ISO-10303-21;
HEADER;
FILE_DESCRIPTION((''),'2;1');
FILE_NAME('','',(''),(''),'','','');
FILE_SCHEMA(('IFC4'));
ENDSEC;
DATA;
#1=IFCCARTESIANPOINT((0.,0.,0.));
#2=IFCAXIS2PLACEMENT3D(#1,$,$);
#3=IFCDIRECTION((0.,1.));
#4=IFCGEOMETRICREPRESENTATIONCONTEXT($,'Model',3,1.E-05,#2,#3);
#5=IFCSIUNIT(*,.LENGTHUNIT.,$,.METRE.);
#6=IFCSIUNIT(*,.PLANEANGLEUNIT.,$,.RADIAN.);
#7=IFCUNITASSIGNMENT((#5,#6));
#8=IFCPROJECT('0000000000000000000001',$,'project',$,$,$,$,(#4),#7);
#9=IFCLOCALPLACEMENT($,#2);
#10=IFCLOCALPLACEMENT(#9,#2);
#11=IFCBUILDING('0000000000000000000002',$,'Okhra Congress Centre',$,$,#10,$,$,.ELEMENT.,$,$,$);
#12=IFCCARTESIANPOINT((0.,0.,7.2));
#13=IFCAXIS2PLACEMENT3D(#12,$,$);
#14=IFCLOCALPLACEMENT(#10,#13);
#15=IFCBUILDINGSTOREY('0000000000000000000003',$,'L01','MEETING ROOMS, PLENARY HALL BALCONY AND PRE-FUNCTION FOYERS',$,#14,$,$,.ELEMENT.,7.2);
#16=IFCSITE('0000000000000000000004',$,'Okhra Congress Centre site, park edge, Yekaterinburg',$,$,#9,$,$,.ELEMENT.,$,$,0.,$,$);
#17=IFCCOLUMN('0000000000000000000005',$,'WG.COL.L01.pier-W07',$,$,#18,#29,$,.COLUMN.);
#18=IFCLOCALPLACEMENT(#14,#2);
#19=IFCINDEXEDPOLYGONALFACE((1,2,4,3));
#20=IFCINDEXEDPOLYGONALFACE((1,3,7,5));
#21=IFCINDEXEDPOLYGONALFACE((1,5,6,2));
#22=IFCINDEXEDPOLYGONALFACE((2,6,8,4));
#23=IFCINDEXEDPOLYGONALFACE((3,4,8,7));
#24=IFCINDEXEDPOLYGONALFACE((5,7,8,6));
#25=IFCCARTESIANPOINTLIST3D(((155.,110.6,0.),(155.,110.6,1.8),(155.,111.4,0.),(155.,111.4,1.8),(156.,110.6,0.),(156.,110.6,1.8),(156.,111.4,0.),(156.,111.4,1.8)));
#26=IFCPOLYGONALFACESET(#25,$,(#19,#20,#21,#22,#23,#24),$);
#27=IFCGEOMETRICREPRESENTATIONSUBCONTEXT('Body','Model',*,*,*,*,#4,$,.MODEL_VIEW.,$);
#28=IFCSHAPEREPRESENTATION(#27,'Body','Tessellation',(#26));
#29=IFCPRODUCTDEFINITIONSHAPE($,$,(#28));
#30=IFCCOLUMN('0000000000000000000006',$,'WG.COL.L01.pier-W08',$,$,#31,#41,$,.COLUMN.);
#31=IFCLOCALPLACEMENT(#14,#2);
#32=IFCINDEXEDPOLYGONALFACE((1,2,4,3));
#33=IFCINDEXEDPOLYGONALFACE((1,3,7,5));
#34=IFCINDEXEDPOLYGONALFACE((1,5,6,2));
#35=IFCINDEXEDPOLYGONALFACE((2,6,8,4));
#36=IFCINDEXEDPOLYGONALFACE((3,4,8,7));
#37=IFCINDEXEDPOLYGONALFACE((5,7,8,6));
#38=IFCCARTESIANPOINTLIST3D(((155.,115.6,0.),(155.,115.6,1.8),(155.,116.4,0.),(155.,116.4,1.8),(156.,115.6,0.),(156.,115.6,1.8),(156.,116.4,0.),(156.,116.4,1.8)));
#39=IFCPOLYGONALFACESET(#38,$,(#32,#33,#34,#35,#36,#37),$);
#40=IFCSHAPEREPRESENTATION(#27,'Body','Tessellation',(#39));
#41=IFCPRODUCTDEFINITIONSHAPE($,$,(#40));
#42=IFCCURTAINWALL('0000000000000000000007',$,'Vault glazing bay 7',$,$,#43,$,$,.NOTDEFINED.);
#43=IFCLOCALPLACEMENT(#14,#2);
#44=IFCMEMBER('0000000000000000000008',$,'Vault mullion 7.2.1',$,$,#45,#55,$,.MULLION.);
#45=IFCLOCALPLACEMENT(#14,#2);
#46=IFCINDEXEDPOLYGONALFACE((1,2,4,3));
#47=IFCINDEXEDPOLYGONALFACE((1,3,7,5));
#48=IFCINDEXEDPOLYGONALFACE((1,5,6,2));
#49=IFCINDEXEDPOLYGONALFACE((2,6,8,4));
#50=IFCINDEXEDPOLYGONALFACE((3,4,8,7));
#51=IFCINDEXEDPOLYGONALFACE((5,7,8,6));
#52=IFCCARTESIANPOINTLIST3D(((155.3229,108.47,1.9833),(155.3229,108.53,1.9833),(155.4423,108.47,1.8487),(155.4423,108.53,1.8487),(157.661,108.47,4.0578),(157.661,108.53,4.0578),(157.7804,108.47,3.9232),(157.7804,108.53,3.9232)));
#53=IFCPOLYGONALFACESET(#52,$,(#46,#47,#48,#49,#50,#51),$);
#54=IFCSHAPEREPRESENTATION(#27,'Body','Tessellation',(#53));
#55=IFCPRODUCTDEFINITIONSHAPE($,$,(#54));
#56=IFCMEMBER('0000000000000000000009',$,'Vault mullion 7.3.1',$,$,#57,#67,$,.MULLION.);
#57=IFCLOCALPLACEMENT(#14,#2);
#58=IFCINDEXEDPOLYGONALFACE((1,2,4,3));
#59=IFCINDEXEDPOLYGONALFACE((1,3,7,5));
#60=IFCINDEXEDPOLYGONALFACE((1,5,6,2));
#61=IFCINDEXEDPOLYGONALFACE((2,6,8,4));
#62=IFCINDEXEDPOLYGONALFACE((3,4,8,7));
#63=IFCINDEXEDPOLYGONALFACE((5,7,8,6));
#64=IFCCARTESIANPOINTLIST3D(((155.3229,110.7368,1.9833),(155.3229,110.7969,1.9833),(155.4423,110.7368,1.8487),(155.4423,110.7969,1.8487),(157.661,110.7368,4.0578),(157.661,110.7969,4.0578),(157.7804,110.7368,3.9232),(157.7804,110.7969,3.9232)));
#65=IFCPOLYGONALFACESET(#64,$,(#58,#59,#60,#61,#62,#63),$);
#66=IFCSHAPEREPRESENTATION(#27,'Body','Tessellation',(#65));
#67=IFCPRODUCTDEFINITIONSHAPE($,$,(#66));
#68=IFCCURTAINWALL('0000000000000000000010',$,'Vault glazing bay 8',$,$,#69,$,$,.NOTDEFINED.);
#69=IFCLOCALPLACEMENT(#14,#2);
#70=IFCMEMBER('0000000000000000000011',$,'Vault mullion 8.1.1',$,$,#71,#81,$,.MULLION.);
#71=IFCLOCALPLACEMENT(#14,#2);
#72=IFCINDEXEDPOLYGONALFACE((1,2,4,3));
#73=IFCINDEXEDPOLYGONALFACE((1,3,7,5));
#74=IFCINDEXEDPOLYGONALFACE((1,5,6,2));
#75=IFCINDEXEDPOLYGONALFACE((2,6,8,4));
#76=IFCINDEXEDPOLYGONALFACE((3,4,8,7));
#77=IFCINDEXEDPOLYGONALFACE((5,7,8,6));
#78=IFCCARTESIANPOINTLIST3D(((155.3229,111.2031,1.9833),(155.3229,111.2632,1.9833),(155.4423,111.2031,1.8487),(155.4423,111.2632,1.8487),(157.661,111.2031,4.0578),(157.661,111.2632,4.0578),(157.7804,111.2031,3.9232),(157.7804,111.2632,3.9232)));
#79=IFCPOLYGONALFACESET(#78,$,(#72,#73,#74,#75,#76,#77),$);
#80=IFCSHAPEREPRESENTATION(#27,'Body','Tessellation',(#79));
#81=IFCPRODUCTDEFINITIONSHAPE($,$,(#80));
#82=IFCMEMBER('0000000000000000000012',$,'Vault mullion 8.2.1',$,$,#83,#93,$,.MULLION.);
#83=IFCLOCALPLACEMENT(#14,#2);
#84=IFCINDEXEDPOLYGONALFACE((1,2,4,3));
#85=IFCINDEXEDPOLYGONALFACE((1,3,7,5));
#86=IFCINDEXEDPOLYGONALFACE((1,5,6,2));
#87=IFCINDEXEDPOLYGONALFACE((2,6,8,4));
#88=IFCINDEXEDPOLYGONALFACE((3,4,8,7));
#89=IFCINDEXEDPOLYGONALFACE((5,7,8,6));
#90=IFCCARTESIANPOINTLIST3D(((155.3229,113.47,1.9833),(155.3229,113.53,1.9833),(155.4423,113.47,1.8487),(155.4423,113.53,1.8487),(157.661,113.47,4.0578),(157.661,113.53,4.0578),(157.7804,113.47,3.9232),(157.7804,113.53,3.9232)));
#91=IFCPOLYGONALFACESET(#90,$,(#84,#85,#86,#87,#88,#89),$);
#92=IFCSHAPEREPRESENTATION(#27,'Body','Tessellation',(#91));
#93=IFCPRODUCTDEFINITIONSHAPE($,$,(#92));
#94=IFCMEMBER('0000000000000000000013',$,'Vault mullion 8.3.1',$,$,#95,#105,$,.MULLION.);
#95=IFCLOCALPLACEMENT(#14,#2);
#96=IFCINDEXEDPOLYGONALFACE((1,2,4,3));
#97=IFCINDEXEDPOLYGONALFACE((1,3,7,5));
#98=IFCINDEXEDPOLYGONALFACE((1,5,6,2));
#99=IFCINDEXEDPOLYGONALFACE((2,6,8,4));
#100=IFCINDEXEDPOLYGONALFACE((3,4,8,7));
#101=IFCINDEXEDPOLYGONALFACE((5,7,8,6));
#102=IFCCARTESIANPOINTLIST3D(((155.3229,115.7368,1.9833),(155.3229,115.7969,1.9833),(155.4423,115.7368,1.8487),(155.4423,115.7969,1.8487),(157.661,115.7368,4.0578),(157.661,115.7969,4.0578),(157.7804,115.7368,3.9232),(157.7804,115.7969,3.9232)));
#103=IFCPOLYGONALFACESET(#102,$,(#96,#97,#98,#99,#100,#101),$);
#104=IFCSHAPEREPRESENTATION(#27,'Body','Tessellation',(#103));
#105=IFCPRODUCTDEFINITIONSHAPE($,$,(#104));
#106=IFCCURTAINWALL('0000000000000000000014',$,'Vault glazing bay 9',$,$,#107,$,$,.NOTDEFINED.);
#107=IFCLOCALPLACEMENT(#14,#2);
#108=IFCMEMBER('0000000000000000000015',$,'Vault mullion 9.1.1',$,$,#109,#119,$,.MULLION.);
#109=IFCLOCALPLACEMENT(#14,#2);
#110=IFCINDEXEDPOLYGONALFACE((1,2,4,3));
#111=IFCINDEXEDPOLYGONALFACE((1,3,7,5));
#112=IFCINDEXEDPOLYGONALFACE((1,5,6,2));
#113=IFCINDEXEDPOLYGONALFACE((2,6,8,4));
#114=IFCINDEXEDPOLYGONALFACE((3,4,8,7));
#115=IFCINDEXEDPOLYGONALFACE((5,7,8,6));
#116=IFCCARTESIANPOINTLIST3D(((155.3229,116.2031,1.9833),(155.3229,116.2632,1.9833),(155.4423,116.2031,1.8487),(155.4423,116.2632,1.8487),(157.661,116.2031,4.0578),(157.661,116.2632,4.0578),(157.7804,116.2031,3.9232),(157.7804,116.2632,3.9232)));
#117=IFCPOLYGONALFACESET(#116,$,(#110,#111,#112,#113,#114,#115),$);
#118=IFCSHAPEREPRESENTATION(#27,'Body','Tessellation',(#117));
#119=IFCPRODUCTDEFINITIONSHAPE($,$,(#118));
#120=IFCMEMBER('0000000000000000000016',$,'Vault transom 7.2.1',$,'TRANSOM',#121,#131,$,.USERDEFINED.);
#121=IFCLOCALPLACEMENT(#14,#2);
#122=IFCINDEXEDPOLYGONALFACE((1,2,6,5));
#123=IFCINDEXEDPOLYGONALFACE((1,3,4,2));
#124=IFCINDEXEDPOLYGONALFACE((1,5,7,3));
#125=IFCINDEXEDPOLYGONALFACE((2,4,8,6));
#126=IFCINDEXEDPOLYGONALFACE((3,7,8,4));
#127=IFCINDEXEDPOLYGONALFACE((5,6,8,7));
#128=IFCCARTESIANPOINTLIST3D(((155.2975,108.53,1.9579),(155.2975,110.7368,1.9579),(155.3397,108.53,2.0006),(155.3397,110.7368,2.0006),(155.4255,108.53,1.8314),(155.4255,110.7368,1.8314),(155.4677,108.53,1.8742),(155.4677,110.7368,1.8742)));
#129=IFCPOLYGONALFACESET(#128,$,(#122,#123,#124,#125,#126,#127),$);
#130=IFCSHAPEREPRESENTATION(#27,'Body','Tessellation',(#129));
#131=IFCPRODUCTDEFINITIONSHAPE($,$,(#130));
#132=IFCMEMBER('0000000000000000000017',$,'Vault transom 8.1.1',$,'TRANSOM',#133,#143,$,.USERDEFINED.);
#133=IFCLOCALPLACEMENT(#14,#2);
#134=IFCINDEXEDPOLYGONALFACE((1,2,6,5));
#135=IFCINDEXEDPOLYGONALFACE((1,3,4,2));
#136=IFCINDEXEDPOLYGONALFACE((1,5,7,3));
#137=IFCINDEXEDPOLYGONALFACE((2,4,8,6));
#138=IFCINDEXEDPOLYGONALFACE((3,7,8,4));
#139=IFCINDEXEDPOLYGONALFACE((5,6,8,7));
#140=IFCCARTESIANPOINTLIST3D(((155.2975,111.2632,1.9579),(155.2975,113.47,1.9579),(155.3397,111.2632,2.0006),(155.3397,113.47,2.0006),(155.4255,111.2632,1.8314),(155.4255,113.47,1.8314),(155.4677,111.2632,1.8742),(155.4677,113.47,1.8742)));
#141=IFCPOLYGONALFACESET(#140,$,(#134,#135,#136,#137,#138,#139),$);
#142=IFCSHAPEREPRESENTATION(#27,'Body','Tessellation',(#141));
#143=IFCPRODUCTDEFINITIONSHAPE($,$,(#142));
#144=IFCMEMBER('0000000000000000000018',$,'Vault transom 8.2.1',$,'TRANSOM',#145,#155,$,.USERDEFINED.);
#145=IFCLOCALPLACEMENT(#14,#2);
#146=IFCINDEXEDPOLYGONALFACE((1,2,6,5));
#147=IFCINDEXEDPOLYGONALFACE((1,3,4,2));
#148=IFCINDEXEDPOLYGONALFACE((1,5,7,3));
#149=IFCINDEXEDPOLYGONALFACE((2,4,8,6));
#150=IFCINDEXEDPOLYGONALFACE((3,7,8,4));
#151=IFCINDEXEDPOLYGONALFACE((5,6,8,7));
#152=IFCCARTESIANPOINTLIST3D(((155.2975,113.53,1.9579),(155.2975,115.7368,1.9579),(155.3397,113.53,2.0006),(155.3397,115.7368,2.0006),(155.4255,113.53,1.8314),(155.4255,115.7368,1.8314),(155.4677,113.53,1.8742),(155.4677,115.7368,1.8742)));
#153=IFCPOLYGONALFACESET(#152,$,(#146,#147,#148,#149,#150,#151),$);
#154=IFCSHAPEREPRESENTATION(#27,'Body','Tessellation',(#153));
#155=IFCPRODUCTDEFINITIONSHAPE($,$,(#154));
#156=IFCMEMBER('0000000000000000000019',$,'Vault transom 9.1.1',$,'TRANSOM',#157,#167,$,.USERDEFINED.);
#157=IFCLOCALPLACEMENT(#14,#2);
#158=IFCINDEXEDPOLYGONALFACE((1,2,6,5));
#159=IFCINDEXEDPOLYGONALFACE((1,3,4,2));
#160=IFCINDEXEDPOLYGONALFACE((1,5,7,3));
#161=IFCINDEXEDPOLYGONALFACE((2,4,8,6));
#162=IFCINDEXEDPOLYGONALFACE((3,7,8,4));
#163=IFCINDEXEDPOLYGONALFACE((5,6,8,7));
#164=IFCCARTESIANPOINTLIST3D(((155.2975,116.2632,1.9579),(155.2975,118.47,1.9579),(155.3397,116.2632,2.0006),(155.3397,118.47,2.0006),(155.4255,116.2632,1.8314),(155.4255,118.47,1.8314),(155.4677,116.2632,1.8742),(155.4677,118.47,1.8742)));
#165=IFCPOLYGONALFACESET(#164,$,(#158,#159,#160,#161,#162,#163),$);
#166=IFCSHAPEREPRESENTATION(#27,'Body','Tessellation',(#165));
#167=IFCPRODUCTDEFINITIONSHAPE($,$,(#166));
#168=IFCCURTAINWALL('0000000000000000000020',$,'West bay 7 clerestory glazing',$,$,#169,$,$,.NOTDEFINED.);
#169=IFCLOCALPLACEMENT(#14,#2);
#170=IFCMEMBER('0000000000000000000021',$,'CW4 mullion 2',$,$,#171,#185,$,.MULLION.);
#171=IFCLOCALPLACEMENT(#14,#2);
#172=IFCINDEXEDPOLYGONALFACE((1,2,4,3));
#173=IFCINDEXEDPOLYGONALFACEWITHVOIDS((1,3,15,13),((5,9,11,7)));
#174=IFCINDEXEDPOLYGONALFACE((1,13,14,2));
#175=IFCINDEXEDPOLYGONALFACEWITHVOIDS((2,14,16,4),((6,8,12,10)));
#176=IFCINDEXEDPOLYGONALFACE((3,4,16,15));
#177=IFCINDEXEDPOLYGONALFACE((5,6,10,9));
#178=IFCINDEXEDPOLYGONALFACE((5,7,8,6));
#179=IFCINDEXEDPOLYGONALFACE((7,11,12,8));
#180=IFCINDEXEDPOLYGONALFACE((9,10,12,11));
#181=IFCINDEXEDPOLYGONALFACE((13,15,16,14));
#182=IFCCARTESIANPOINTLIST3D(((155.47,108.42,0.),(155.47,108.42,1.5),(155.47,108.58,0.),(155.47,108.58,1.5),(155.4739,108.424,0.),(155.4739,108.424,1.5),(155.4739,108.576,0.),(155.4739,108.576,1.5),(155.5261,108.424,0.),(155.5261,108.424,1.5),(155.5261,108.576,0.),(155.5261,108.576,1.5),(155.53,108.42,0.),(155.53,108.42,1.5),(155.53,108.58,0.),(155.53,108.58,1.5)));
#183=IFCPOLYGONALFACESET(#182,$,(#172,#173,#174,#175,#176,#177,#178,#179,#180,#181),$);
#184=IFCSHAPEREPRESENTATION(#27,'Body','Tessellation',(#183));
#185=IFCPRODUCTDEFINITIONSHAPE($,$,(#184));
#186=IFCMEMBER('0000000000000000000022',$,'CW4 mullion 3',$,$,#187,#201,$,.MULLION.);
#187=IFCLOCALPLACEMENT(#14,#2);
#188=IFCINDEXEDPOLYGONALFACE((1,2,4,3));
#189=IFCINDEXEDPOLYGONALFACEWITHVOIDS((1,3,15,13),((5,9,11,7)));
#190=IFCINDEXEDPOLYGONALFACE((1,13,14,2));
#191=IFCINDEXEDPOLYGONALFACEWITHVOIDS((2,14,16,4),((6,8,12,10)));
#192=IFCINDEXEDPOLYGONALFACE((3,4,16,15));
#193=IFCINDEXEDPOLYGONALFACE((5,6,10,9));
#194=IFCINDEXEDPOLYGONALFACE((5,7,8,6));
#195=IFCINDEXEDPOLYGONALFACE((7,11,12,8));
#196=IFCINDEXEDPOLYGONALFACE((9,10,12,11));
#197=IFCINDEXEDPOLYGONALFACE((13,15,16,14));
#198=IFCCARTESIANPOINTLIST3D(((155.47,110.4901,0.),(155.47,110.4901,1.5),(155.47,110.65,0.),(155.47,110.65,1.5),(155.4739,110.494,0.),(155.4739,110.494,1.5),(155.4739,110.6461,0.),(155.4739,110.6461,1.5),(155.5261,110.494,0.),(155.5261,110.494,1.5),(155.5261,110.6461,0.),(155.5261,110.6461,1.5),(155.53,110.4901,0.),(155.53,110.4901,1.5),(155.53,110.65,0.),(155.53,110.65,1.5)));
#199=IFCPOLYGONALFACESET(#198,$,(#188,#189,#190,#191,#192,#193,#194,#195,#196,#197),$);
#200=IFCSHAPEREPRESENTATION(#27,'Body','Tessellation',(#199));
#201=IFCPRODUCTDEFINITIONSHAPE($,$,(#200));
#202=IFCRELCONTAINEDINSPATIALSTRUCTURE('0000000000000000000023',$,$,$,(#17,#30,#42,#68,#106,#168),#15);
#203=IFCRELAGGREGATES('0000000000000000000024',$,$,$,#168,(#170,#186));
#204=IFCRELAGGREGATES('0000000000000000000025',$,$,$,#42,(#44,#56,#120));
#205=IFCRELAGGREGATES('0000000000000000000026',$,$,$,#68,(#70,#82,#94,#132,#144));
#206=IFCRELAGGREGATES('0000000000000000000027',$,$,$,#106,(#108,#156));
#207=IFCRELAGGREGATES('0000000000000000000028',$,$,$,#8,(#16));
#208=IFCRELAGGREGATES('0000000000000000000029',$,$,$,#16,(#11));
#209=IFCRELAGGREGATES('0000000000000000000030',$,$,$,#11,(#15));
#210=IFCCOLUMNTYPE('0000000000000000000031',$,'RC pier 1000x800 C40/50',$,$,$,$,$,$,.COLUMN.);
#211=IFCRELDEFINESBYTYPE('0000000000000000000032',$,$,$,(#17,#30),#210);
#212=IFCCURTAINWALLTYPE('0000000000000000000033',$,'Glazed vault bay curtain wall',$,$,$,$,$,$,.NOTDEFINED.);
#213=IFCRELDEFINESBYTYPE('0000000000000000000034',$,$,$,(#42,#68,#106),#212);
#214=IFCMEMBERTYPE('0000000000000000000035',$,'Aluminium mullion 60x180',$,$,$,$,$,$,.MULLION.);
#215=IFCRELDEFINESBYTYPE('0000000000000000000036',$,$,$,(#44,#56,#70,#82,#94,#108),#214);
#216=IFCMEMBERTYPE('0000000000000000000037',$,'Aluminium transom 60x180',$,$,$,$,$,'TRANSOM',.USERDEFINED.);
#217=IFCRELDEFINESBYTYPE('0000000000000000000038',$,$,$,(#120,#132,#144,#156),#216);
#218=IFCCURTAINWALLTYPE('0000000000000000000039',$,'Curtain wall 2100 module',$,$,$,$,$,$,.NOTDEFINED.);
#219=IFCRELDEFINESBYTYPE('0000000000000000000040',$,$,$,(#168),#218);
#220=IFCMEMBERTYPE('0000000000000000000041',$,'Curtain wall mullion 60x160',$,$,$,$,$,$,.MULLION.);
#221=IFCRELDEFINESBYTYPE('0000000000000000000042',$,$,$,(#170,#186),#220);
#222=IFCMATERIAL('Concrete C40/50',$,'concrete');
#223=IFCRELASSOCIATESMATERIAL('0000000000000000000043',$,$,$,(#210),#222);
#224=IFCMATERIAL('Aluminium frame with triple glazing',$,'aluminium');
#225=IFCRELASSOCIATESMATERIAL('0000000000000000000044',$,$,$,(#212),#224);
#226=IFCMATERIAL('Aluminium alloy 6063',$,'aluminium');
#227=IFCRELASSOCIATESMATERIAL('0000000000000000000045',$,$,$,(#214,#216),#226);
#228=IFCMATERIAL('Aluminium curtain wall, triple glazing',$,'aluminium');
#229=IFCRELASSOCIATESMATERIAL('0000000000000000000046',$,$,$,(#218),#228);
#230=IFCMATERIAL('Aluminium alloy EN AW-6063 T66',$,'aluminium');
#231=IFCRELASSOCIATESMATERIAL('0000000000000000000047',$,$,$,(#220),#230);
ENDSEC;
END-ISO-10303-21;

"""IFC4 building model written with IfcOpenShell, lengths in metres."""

from ifc_helpers import new_model, si_unit, direction, frame, origin, origin_2d, place, context, subcontext, project, spatial, rectangle, hollow_rectangle, extrude, material, material_profile, profile_set, type_object, element, aggregate, save


model = new_model("IFC4")

# Units and contexts
model_context = context("Model", 3, precision=1e-05, world=origin(), true_north=direction((0.0, 1.0)))
body_context = subcontext(model_context, "Body", "Model", "MODEL_VIEW")
ifc_project = project(units=[si_unit("LENGTHUNIT", "METRE"), si_unit("PLANEANGLEUNIT", "RADIAN")], contexts=[model_context])

# Site, building, storey
site_placement = place(None, origin())
site = spatial("IfcSite", under=ifc_project, at=site_placement, Name="Okhra Congress Centre site, park edge, Yekaterinburg", CompositionType="ELEMENT", RefElevation=0.0)
building_placement = place(site_placement, origin())
building = spatial("IfcBuilding", under=site, at=building_placement, Name="Okhra Congress Centre", CompositionType="ELEMENT")
storey_placement = place(building_placement, frame((0.0, 0.0, 7.2)))
storey = spatial("IfcBuildingStorey", under=building, at=storey_placement, Name="L01", Description="MEETING ROOMS, PLENARY HALL BALCONY AND PRE-FUNCTION FOYERS", CompositionType="ELEMENT", Elevation=7.2)

# Columns
ifc_material_1 = material(Name="Concrete C40/50", Category="concrete")
ifc_material_profile_1 = material_profile(ifc_material_1, rectangle(XDim=1.0, YDim=0.8, at=origin_2d()), Name="RC 1000x800")
ifc_profile_set_1 = profile_set([ifc_material_profile_1], Name="Concrete C40/50")
column_type = type_object("IfcColumnType", Name="RC pier 1000x800 C40/50", PredefinedType="COLUMN", material=ifc_profile_set_1)
for number, where, z_axis, x_axis, name in (
    (1, (155.5, 111.0, 0.0), (0.0, 0.0, 1.0), (1.0, 0.0, 0.0), "WG.COL.L01.pier-W07"),
    (2, (155.5, 116.0, 0.0), (0.0, 0.0, 1.0), (1.0, 0.0, 0.0), "WG.COL.L01.pier-W08"),
):
    element("IfcColumn", number, at=place(storey_placement, frame(where, z_axis=z_axis, x_axis=x_axis)), inside=storey, type_object=column_type, Name=name, PredefinedType="COLUMN", context=body_context, shape_type="SweptSolid", body=[
        extrude(rectangle(XDim=1.0, YDim=0.8, at=origin_2d()), origin(), (0.0, 0.0, 1.0), 1.8),
    ])

# Curtain walls, members
ifc_material_2 = material(Name="Aluminium frame with triple glazing", Category="aluminium")
curtain_wall_type_1 = type_object("IfcCurtainWallType", Name="Glazed vault bay curtain wall", PredefinedType="NOTDEFINED", material=ifc_material_2)
curtain_wall_1_placement = place(storey_placement, origin())
curtain_wall_1 = element("IfcCurtainWall", 3, at=curtain_wall_1_placement, inside=storey, type_object=curtain_wall_type_1, Name="Vault glazing bay 7", PredefinedType="NOTDEFINED")
ifc_material_3 = material(Name="Aluminium alloy 6063", Category="aluminium")
ifc_material_profile_2 = material_profile(ifc_material_3, rectangle(XDim=0.0601, YDim=0.1799, at=origin_2d()), Name="AL 60x180")
ifc_profile_set_2 = profile_set([ifc_material_profile_2], Name="Aluminium alloy 6063")
member_type_1 = type_object("IfcMemberType", Name="Aluminium mullion 60x180", PredefinedType="MULLION", material=ifc_profile_set_2)
member_1_placement = place(storey_placement, frame((155.3826, 108.5, 1.916), z_axis=(0.748025, 0.0, 0.66367), x_axis=(0.0, 1.0, 0.0)))
member_1 = element("IfcMember", 4, at=member_1_placement, type_object=member_type_1, Name="Vault mullion 7.2.1", PredefinedType="MULLION", context=body_context, shape_type="SweptSolid", body=[
    extrude(rectangle(XDim=0.0601, YDim=0.1799, at=origin_2d()), origin(), (0.0, 0.0, 1.0), 3.1257),
])
member_2_placement = place(storey_placement, frame((155.3826, 110.7668, 1.916), z_axis=(0.748025, 0.0, 0.66367), x_axis=(0.0, 1.0, 0.0)))
member_2 = element("IfcMember", 5, at=member_2_placement, type_object=member_type_1, Name="Vault mullion 7.3.1", PredefinedType="MULLION", context=body_context, shape_type="SweptSolid", body=[
    extrude(rectangle(XDim=0.0601, YDim=0.1799, at=origin_2d()), origin(), (0.0, 0.0, 1.0), 3.1257),
])
curtain_wall_2_placement = place(storey_placement, origin())
curtain_wall_2 = element("IfcCurtainWall", 6, at=curtain_wall_2_placement, inside=storey, type_object=curtain_wall_type_1, Name="Vault glazing bay 8", PredefinedType="NOTDEFINED")
member_3_placement = place(storey_placement, frame((155.3826, 111.2332, 1.916), z_axis=(0.748025, 0.0, 0.66367), x_axis=(0.0, 1.0, 0.0)))
member_3 = element("IfcMember", 7, at=member_3_placement, type_object=member_type_1, Name="Vault mullion 8.1.1", PredefinedType="MULLION", context=body_context, shape_type="SweptSolid", body=[
    extrude(rectangle(XDim=0.0601, YDim=0.1799, at=origin_2d()), origin(), (0.0, 0.0, 1.0), 3.1257),
])
member_4_placement = place(storey_placement, frame((155.3826, 113.5, 1.916), z_axis=(0.748025, 0.0, 0.66367), x_axis=(0.0, 1.0, 0.0)))
member_4 = element("IfcMember", 8, at=member_4_placement, type_object=member_type_1, Name="Vault mullion 8.2.1", PredefinedType="MULLION", context=body_context, shape_type="SweptSolid", body=[
    extrude(rectangle(XDim=0.0601, YDim=0.1799, at=origin_2d()), origin(), (0.0, 0.0, 1.0), 3.1257),
])
member_5_placement = place(storey_placement, frame((155.3826, 115.7668, 1.916), z_axis=(0.748025, 0.0, 0.66367), x_axis=(0.0, 1.0, 0.0)))
member_5 = element("IfcMember", 9, at=member_5_placement, type_object=member_type_1, Name="Vault mullion 8.3.1", PredefinedType="MULLION", context=body_context, shape_type="SweptSolid", body=[
    extrude(rectangle(XDim=0.0601, YDim=0.1799, at=origin_2d()), origin(), (0.0, 0.0, 1.0), 3.1257),
])

# Curtain wall, member
curtain_wall_3_placement = place(storey_placement, origin())
curtain_wall_3 = element("IfcCurtainWall", 10, at=curtain_wall_3_placement, inside=storey, type_object=curtain_wall_type_1, Name="Vault glazing bay 9", PredefinedType="NOTDEFINED")
member_6_placement = place(storey_placement, frame((155.3826, 116.2332, 1.916), z_axis=(0.748025, 0.0, 0.66367), x_axis=(0.0, 1.0, 0.0)))
member_6 = element("IfcMember", 11, at=member_6_placement, type_object=member_type_1, Name="Vault mullion 9.1.1", PredefinedType="MULLION", context=body_context, shape_type="SweptSolid", body=[
    extrude(rectangle(XDim=0.0601, YDim=0.1799, at=origin_2d()), origin(), (0.0, 0.0, 1.0), 3.1257),
])

# Members
ifc_material_profile_3 = material_profile(ifc_material_3, rectangle(XDim=0.0601, YDim=0.1799, at=origin_2d()), Name="AL 60x180 transom")
ifc_profile_set_3 = profile_set([ifc_material_profile_3], Name="Aluminium alloy 6063")
member_type_2 = type_object("IfcMemberType", Name="Aluminium transom 60x180", ElementType="TRANSOM", PredefinedType="USERDEFINED", material=ifc_profile_set_3)
member_7_placement = place(storey_placement, frame((155.3826, 108.53, 1.916), z_axis=(0.0, 1.0, 0.0), x_axis=(-0.702636, 0.0, -0.711549)))
member_7 = element("IfcMember", 12, at=member_7_placement, type_object=member_type_2, Name="Vault transom 7.2.1", ObjectType="TRANSOM", PredefinedType="USERDEFINED", context=body_context, shape_type="SweptSolid", body=[
    extrude(rectangle(XDim=0.0601, YDim=0.1799, at=origin_2d()), origin(), (0.0, 0.0, 1.0), 2.2068),
])
member_8_placement = place(storey_placement, frame((155.3826, 111.2632, 1.916), z_axis=(0.0, 1.0, 0.0), x_axis=(-0.702636, 0.0, -0.711549)))
member_8 = element("IfcMember", 13, at=member_8_placement, type_object=member_type_2, Name="Vault transom 8.1.1", ObjectType="TRANSOM", PredefinedType="USERDEFINED", context=body_context, shape_type="SweptSolid", body=[
    extrude(rectangle(XDim=0.0601, YDim=0.1799, at=origin_2d()), origin(), (0.0, 0.0, 1.0), 2.2068),
])
member_9_placement = place(storey_placement, frame((155.3826, 113.53, 1.916), z_axis=(0.0, 1.0, 0.0), x_axis=(-0.702636, 0.0, -0.711549)))
member_9 = element("IfcMember", 14, at=member_9_placement, type_object=member_type_2, Name="Vault transom 8.2.1", ObjectType="TRANSOM", PredefinedType="USERDEFINED", context=body_context, shape_type="SweptSolid", body=[
    extrude(rectangle(XDim=0.0601, YDim=0.1799, at=origin_2d()), origin(), (0.0, 0.0, 1.0), 2.2068),
])
member_10_placement = place(storey_placement, frame((155.3826, 116.2632, 1.916), z_axis=(0.0, 1.0, 0.0), x_axis=(-0.702636, 0.0, -0.711549)))
member_10 = element("IfcMember", 15, at=member_10_placement, type_object=member_type_2, Name="Vault transom 9.1.1", ObjectType="TRANSOM", PredefinedType="USERDEFINED", context=body_context, shape_type="SweptSolid", body=[
    extrude(rectangle(XDim=0.0601, YDim=0.1799, at=origin_2d()), origin(), (0.0, 0.0, 1.0), 2.2068),
])

# Curtain wall, members
ifc_material_4 = material(Name="Aluminium curtain wall, triple glazing", Category="aluminium")
curtain_wall_type_2 = type_object("IfcCurtainWallType", Name="Curtain wall 2100 module", PredefinedType="NOTDEFINED", material=ifc_material_4)
curtain_wall_4_placement = place(storey_placement, origin())
curtain_wall_4 = element("IfcCurtainWall", 16, at=curtain_wall_4_placement, inside=storey, type_object=curtain_wall_type_2, Name="West bay 7 clerestory glazing", PredefinedType="NOTDEFINED")
ifc_material_5 = material(Name="Aluminium alloy EN AW-6063 T66", Category="aluminium")
ifc_material_profile_4 = material_profile(ifc_material_5, hollow_rectangle(XDim=0.0601, YDim=0.1599, WallThickness=0.0039, at=origin_2d()), Name="RHS 60x160x4")
ifc_profile_set_4 = profile_set([ifc_material_profile_4], Name="Aluminium alloy EN AW-6063 T66")
member_type_3 = type_object("IfcMemberType", Name="Curtain wall mullion 60x160", PredefinedType="MULLION", material=ifc_profile_set_4)
member_11_placement = place(storey_placement, frame((155.5, 108.5, 0.0), z_axis=(0.0, 0.0, 1.0), x_axis=(-1.0, 0.0, 0.0)))
member_11 = element("IfcMember", 17, at=member_11_placement, type_object=member_type_3, Name="CW4 mullion 2", PredefinedType="MULLION", context=body_context, shape_type="SweptSolid", body=[
    extrude(hollow_rectangle(XDim=0.0601, YDim=0.1599, WallThickness=0.0039, at=origin_2d()), origin(), (0.0, 0.0, 1.0), 1.5),
])
member_12_placement = place(storey_placement, frame((155.5, 110.5701, 0.0), z_axis=(0.0, 0.0, 1.0), x_axis=(-1.0, 0.0, 0.0)))
member_12 = element("IfcMember", 18, at=member_12_placement, type_object=member_type_3, Name="CW4 mullion 3", PredefinedType="MULLION", context=body_context, shape_type="SweptSolid", body=[
    extrude(hollow_rectangle(XDim=0.0601, YDim=0.1599, WallThickness=0.0039, at=origin_2d()), origin(), (0.0, 0.0, 1.0), 1.5),
])

aggregate(curtain_wall_4, [member_11, member_12])
aggregate(curtain_wall_1, [member_1, member_2, member_7])
aggregate(curtain_wall_2, [member_3, member_4, member_5, member_8, member_9])
aggregate(curtain_wall_3, [member_6, member_10])

save(model, "model.ifc")
